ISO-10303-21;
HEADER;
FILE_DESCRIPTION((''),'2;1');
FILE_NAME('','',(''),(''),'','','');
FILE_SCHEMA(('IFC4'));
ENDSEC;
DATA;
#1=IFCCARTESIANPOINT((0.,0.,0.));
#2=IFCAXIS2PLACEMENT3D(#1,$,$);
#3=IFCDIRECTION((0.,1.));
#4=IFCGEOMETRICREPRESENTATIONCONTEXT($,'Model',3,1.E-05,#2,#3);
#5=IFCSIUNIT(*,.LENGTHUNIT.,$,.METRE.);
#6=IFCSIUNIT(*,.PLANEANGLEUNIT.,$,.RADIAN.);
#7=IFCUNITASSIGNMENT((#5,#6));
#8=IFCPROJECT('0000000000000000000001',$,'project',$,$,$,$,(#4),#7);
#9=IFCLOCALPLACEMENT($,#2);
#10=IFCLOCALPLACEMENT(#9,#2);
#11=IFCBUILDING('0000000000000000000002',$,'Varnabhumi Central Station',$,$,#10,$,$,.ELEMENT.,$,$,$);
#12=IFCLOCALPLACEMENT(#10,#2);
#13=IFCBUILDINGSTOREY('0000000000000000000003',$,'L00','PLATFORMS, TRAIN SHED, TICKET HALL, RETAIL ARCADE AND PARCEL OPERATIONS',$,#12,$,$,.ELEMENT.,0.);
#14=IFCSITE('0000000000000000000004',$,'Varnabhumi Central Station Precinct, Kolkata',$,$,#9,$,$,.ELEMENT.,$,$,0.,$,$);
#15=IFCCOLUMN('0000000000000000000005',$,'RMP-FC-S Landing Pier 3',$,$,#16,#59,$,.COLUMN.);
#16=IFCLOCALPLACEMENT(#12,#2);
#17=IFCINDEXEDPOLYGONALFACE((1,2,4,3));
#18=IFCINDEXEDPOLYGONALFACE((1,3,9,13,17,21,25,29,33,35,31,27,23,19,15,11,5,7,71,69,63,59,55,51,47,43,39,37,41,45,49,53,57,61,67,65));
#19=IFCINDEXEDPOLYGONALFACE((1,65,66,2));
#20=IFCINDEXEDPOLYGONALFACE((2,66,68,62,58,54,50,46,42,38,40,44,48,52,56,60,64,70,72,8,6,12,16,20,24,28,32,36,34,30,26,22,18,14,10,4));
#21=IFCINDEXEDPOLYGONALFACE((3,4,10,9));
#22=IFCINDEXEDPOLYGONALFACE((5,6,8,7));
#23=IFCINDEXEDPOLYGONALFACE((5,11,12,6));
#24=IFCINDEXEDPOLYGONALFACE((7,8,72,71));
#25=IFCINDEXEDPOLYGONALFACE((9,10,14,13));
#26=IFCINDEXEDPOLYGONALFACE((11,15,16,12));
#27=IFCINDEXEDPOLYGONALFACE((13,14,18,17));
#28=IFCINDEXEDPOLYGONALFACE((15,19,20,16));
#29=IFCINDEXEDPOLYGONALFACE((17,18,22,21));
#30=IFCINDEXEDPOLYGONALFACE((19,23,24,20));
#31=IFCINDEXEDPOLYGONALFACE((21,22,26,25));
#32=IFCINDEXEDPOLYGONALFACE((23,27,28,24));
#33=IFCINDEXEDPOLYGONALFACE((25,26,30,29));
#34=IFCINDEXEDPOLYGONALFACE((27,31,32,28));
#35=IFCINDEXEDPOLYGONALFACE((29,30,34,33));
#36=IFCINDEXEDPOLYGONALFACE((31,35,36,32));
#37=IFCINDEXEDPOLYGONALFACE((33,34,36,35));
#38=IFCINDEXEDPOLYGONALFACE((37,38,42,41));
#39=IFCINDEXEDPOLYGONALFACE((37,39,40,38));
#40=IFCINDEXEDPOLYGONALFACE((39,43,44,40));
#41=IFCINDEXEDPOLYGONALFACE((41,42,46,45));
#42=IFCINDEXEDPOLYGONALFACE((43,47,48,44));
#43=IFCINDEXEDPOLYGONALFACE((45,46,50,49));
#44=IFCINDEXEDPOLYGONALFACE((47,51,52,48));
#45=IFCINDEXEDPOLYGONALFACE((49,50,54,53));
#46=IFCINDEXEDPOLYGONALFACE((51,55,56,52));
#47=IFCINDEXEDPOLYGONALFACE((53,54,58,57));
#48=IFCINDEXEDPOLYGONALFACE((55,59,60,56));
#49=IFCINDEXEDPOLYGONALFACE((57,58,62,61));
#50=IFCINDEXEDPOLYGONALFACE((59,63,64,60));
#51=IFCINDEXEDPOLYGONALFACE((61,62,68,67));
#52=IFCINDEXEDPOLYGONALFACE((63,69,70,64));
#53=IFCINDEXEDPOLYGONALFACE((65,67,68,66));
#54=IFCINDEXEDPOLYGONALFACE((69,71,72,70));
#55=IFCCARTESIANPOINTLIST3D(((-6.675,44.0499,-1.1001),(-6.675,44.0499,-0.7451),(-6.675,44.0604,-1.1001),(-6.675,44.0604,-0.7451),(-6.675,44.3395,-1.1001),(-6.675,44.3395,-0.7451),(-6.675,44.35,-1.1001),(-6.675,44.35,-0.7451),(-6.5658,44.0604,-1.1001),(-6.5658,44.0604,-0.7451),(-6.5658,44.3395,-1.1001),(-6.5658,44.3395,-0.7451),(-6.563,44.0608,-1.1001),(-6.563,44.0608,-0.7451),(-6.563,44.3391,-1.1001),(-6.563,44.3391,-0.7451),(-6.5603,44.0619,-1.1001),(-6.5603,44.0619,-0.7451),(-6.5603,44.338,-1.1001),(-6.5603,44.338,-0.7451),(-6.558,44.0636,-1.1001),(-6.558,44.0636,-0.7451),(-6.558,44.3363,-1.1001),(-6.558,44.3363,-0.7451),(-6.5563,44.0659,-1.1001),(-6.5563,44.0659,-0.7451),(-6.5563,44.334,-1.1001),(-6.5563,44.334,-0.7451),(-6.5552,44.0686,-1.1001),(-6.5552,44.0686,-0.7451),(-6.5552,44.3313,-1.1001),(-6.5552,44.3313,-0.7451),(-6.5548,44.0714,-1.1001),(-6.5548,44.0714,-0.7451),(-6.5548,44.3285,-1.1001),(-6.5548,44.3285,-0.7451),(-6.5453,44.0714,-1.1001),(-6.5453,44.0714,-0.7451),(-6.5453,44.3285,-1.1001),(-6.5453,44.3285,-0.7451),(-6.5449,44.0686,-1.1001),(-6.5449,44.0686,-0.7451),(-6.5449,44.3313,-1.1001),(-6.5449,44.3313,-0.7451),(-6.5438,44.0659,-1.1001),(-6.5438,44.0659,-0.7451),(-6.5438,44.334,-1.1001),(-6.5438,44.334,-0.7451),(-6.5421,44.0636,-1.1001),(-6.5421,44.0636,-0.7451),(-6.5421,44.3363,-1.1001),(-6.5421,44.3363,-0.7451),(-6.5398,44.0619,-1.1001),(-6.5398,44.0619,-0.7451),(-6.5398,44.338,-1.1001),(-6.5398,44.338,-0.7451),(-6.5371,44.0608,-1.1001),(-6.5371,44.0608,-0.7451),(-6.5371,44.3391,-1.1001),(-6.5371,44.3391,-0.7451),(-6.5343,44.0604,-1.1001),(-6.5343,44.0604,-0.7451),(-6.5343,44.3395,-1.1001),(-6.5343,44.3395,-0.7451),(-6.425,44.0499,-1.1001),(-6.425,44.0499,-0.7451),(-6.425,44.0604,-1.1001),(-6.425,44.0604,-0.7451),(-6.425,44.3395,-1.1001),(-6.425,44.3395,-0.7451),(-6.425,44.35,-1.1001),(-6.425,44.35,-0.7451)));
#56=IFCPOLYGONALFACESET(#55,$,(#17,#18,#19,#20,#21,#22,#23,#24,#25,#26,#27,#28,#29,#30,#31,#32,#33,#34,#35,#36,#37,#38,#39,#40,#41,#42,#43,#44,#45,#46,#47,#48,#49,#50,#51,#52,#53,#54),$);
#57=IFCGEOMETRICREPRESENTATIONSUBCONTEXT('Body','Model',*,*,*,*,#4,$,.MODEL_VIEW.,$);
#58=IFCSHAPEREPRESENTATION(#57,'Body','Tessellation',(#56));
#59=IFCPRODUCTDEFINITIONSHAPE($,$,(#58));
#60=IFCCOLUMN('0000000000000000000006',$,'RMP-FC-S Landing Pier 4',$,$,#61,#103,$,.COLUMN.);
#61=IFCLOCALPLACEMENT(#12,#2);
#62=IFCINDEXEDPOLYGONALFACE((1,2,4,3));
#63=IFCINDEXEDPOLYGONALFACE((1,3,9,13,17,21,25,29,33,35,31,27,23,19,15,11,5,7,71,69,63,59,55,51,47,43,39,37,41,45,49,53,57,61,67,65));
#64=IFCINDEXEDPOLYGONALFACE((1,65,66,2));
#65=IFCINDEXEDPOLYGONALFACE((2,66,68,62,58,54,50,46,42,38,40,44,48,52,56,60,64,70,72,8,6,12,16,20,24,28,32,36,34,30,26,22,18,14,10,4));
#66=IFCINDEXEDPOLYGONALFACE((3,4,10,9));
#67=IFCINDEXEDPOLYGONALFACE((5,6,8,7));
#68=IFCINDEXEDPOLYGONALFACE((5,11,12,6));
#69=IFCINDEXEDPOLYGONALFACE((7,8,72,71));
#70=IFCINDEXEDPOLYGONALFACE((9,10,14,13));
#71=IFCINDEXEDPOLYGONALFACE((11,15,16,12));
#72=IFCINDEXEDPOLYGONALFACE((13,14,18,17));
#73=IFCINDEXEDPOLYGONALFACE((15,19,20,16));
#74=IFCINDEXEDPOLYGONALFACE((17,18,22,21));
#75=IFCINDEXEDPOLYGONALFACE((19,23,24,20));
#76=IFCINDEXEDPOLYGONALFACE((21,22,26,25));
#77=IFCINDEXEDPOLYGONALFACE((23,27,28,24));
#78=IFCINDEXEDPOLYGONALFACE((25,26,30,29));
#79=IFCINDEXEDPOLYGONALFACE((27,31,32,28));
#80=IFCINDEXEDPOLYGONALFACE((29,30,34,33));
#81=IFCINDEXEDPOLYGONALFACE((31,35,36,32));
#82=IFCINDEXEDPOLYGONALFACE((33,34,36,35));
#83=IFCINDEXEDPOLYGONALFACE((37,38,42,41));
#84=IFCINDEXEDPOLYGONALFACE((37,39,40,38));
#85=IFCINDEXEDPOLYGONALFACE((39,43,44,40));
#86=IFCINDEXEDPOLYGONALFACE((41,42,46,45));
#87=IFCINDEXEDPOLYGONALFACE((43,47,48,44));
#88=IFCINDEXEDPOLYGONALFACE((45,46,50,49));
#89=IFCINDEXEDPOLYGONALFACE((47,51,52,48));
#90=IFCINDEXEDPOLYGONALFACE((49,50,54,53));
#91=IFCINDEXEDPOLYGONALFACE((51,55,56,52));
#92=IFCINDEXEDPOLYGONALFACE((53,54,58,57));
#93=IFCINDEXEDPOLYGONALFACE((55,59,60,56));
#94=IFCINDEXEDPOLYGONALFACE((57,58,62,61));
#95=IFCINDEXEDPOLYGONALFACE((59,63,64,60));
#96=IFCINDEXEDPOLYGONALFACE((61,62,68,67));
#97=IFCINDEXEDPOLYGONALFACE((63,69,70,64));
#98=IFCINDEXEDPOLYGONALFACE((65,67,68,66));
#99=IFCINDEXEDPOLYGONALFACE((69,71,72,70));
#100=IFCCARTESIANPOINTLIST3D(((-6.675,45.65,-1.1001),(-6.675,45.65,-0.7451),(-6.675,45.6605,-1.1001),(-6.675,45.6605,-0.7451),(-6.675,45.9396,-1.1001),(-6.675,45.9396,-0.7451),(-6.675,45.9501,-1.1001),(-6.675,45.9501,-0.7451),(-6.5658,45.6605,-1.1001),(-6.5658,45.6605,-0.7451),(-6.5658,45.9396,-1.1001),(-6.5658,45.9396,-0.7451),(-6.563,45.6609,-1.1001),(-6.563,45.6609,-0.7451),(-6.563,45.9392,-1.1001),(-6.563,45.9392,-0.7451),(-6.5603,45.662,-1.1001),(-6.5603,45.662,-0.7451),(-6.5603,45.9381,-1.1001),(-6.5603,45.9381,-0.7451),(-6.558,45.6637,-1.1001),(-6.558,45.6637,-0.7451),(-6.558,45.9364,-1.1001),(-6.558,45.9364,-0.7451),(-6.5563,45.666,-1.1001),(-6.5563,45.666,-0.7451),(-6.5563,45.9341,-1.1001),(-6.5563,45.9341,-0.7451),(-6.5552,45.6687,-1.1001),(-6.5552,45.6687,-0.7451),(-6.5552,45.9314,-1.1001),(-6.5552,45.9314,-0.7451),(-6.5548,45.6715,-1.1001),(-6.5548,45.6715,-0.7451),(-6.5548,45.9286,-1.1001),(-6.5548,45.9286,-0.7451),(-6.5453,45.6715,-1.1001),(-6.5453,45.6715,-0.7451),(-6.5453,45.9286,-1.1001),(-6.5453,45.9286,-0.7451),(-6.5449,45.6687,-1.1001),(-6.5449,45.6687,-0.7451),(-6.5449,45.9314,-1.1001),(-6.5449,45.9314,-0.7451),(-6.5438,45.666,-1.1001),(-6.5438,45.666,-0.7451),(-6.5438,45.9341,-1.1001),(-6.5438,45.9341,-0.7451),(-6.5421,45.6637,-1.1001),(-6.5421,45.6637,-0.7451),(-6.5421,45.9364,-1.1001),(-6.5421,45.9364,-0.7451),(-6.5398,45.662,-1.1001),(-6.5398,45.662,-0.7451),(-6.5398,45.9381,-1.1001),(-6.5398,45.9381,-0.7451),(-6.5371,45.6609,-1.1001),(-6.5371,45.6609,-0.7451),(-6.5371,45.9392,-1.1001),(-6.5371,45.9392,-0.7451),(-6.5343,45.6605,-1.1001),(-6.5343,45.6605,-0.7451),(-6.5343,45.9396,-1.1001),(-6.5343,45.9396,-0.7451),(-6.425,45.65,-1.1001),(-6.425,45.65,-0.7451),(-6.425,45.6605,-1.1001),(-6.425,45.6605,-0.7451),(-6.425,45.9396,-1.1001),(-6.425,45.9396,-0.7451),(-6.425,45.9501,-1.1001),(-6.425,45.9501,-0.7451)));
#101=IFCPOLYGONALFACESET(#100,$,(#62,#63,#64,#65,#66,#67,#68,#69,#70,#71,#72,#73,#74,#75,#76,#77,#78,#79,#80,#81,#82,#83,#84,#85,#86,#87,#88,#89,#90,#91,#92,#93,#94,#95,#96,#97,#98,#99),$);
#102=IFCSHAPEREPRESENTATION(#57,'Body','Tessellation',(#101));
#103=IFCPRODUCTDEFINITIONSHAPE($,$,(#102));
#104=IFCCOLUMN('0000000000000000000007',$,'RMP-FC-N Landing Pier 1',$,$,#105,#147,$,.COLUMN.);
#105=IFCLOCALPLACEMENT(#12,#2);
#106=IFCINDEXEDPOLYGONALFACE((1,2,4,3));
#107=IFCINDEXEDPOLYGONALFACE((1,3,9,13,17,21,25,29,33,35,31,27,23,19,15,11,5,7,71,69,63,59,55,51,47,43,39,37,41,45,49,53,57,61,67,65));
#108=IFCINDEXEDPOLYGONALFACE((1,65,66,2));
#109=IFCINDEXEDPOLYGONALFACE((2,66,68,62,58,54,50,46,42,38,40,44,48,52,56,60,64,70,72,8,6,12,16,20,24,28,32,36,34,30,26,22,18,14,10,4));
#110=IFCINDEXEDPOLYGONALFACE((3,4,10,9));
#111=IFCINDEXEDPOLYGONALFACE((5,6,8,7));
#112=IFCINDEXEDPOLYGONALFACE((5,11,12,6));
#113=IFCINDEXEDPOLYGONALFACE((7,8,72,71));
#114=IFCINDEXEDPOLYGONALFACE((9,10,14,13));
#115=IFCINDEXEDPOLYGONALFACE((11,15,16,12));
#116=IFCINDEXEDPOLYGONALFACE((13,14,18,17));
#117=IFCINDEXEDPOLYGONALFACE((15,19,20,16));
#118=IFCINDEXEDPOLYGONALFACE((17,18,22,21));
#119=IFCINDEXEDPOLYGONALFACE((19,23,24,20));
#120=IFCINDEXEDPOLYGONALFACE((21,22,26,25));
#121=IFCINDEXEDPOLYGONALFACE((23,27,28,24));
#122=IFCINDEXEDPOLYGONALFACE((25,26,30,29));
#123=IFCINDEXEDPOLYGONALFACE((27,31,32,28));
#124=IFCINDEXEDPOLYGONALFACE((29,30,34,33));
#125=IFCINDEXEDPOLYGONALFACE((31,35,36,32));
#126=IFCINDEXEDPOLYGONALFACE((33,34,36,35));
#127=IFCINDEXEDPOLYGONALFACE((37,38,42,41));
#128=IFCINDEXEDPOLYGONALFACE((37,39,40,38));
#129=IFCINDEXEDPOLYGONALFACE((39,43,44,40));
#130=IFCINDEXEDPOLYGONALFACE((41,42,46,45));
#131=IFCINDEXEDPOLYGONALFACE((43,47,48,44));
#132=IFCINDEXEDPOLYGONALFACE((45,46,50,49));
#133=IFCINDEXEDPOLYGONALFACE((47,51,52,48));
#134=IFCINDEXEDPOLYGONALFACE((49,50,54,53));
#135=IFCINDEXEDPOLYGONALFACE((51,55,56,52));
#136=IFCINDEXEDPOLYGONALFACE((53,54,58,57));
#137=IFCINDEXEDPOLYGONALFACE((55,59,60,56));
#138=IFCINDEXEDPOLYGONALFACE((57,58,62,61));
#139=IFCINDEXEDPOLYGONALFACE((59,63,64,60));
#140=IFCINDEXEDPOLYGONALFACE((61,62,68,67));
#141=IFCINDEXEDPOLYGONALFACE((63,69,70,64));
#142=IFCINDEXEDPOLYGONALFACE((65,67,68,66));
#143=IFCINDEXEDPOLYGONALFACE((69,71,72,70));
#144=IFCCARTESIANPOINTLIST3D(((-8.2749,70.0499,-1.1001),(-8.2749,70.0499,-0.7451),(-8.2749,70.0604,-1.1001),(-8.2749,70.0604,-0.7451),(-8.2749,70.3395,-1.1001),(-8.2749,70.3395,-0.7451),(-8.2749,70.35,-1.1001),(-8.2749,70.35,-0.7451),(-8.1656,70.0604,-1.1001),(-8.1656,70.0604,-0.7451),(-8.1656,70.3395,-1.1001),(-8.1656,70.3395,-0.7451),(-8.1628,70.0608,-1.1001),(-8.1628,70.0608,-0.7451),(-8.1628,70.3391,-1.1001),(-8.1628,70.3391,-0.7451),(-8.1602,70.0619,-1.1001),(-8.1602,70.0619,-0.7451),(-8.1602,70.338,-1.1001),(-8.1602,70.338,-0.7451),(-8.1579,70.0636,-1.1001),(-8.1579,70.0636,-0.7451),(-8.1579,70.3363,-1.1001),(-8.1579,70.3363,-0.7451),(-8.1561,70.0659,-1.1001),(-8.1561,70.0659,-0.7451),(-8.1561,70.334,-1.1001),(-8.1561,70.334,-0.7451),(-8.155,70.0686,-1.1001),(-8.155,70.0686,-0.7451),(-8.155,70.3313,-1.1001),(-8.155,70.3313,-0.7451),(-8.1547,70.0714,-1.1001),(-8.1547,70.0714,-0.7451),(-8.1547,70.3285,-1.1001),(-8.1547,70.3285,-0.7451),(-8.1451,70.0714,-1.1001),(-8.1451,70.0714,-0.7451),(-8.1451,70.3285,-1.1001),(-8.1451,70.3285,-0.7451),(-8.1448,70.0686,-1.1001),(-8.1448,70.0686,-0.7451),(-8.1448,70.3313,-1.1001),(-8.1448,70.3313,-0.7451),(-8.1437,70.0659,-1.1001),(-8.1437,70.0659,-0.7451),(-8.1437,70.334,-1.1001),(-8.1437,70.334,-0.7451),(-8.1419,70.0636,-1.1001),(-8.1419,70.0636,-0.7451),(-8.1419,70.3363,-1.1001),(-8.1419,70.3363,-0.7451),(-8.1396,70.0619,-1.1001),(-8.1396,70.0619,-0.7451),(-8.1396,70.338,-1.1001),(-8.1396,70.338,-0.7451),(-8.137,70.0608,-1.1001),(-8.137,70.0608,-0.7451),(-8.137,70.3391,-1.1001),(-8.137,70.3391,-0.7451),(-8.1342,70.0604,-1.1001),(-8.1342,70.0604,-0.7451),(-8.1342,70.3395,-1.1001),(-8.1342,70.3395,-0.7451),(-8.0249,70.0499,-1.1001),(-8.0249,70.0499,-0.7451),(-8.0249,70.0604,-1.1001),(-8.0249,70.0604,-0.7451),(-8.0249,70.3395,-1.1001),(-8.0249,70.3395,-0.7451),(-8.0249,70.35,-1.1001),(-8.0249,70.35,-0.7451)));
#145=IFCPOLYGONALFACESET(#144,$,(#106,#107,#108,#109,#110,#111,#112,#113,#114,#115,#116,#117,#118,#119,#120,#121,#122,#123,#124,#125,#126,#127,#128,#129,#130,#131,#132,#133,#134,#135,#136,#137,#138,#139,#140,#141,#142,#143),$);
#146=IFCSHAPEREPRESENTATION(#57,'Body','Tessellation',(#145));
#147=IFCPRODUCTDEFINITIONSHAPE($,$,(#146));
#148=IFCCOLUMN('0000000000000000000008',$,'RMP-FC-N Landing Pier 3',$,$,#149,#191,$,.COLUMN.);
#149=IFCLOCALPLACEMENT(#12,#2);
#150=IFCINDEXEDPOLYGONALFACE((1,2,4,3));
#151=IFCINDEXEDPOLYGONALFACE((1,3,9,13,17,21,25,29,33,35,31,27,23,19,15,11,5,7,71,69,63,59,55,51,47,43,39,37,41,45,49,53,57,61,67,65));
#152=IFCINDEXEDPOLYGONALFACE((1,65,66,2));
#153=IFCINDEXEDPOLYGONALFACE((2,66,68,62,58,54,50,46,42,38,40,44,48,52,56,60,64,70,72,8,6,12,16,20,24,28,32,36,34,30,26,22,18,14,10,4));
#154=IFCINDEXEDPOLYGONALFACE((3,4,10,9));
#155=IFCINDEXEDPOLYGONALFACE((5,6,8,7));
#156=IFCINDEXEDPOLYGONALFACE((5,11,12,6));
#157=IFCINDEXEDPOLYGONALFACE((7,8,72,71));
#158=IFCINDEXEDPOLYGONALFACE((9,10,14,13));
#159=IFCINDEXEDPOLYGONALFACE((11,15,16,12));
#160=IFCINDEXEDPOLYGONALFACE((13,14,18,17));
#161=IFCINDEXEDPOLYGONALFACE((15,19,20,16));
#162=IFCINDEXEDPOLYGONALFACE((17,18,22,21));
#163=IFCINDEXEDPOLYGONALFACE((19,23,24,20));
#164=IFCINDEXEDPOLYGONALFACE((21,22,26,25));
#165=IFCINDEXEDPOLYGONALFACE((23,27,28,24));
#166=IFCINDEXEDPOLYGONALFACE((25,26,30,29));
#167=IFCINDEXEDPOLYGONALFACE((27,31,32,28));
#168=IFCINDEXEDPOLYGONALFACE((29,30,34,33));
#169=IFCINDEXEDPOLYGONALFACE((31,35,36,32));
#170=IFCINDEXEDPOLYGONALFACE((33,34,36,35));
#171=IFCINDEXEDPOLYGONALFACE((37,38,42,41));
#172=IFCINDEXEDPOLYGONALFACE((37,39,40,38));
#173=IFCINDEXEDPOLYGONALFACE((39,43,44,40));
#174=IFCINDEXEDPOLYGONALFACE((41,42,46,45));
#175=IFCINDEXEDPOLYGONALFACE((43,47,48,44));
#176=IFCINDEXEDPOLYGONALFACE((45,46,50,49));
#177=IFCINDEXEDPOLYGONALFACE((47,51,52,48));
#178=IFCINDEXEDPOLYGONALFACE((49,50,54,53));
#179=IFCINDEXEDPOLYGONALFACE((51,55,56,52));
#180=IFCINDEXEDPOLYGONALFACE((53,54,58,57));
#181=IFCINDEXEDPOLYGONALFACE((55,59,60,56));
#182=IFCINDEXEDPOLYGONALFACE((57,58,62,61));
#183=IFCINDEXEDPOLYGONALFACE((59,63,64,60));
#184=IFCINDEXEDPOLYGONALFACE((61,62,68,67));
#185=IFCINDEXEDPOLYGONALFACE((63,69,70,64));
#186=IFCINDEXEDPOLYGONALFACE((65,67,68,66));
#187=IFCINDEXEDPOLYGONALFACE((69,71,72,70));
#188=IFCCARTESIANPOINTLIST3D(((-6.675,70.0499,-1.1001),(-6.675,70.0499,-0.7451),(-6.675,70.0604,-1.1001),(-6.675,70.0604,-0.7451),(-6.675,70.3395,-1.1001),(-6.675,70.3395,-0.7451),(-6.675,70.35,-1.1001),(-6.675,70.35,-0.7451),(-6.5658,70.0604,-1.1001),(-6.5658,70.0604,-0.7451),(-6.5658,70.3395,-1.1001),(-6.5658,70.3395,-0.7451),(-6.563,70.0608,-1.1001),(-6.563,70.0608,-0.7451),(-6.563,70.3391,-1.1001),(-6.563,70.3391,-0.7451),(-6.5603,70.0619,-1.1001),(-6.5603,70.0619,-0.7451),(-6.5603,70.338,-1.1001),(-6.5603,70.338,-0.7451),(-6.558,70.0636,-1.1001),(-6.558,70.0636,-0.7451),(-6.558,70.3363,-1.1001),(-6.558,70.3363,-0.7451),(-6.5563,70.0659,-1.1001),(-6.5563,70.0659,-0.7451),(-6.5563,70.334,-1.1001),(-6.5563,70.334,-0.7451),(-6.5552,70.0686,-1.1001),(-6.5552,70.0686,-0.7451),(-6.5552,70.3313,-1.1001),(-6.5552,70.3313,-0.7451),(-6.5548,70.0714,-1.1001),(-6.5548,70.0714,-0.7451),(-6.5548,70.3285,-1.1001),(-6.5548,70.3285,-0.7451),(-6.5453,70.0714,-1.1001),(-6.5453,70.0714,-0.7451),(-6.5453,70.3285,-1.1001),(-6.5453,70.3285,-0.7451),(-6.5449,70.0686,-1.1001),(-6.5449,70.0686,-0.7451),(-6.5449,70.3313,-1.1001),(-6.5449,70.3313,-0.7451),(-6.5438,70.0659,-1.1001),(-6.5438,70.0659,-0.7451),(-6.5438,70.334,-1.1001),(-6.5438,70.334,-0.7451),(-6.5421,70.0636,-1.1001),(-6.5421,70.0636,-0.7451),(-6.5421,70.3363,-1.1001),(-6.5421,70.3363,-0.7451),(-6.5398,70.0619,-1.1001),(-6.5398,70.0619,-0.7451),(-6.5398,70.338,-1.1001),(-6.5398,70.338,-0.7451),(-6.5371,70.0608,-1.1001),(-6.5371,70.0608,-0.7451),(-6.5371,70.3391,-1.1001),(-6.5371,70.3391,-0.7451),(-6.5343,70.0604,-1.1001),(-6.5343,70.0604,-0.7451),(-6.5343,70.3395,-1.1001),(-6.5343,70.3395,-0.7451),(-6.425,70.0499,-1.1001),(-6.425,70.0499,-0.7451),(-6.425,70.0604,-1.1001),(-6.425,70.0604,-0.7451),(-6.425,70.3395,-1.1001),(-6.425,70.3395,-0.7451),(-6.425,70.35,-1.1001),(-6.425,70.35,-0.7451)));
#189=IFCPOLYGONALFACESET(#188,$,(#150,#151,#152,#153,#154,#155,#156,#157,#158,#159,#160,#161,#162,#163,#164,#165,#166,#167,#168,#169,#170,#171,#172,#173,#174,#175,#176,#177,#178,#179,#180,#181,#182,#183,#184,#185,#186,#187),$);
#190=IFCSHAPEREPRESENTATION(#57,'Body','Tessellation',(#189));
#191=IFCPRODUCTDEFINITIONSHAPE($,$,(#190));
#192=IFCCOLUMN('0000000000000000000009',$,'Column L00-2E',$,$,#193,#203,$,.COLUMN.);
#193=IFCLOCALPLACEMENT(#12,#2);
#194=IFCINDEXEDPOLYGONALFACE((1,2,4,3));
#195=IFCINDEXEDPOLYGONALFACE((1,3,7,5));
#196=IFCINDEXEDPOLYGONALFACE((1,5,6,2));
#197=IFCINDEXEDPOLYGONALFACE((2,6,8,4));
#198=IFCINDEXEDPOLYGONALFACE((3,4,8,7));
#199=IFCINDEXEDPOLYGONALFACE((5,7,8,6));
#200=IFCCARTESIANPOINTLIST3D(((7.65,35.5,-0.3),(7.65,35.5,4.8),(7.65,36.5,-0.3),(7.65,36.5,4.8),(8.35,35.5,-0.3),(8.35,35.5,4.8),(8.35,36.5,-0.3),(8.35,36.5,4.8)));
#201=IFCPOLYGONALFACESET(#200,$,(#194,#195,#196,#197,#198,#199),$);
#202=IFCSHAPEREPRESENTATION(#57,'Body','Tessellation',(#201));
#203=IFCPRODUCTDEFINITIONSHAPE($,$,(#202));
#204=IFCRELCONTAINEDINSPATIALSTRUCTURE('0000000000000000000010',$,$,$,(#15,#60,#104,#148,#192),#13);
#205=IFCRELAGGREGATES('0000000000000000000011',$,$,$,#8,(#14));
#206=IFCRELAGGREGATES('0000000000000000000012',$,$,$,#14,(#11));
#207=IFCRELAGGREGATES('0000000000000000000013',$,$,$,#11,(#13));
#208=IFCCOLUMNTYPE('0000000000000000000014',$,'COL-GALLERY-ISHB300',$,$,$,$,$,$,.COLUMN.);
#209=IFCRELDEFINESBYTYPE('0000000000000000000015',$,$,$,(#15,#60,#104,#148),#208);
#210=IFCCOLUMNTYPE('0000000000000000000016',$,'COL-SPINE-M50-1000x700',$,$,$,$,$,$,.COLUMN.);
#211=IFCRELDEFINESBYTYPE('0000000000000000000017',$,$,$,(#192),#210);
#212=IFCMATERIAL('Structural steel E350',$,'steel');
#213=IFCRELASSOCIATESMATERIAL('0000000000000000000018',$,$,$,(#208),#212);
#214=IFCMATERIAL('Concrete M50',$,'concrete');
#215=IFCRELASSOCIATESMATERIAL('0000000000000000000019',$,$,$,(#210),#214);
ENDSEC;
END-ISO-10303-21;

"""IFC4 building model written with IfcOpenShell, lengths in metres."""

from ifc_helpers import new_model, si_unit, direction, frame, origin, origin_2d, place, context, subcontext, project, spatial, rectangle, i_section, extrude, material, material_profile, profile_set, type_object, element, save


model = new_model("IFC4")

# Units and contexts
model_context = context("Model", 3, precision=1e-05, world=origin(), true_north=direction((0.0, 1.0)))
body_context = subcontext(model_context, "Body", "Model", "MODEL_VIEW")
ifc_project = project(units=[si_unit("LENGTHUNIT", "METRE"), si_unit("PLANEANGLEUNIT", "RADIAN")], contexts=[model_context])

# Site, building, storey
site_placement = place(None, origin())
site = spatial("IfcSite", under=ifc_project, at=site_placement, Name="Varnabhumi Central Station Precinct, Kolkata", CompositionType="ELEMENT", RefElevation=0.0)
building_placement = place(site_placement, origin())
building = spatial("IfcBuilding", under=site, at=building_placement, Name="Varnabhumi Central Station", CompositionType="ELEMENT")
storey_placement = place(building_placement, origin())
storey = spatial("IfcBuildingStorey", under=building, at=storey_placement, Name="L00", Description="PLATFORMS, TRAIN SHED, TICKET HALL, RETAIL ARCADE AND PARCEL OPERATIONS", CompositionType="ELEMENT", Elevation=0.0)

# Columns
ifc_material_1 = material(Name="Structural steel E350", Category="steel")
ifc_material_profile_1 = material_profile(ifc_material_1, i_section(OverallWidth=0.25, OverallDepth=0.3, WebThickness=0.0095, FlangeThickness=0.0105, FilletRadius=0.011, at=origin_2d()), Name="Structural steel E350", Category="steel")
ifc_profile_set_1 = profile_set([ifc_material_profile_1], Name="Structural steel E350")
column_type_1 = type_object("IfcColumnType", Name="COL-GALLERY-ISHB300", PredefinedType="COLUMN", material=ifc_profile_set_1)
for number, where, z_axis, x_axis, name in (
    (1, (-6.55, 44.2, -1.1001), (0.0, 0.0, 1.0), (1.0, 0.0, 0.0), "RMP-FC-S Landing Pier 3"),
    (2, (-6.55, 45.8, -1.1001), (0.0, 0.0, 1.0), (1.0, 0.0, 0.0), "RMP-FC-S Landing Pier 4"),
    (3, (-8.1499, 70.2, -1.1001), (0.0, 0.0, 1.0), (1.0, 0.0, 0.0), "RMP-FC-N Landing Pier 1"),
    (4, (-6.55, 70.2, -1.1001), (0.0, 0.0, 1.0), (1.0, 0.0, 0.0), "RMP-FC-N Landing Pier 3"),
):
    element("IfcColumn", number, at=place(storey_placement, frame(where, z_axis=z_axis, x_axis=x_axis)), inside=storey, type_object=column_type_1, Name=name, PredefinedType="COLUMN", context=body_context, shape_type="SweptSolid", body=[
        extrude(i_section(OverallWidth=0.25, OverallDepth=0.3, WebThickness=0.0095, FlangeThickness=0.0105, FilletRadius=0.011, at=origin_2d()), origin(), (0.0, 0.0, 1.0), 0.355),
    ])
ifc_material_2 = material(Name="Concrete M50", Category="concrete")
ifc_material_profile_2 = material_profile(ifc_material_2, rectangle(XDim=0.7, YDim=1.0, at=origin_2d()), Name="Concrete M50", Category="concrete")
ifc_profile_set_2 = profile_set([ifc_material_profile_2], Name="Concrete M50")
column_type_2 = type_object("IfcColumnType", Name="COL-SPINE-M50-1000x700", PredefinedType="COLUMN", material=ifc_profile_set_2)
column_placement = place(storey_placement, frame((8.0, 36.0, -0.3), z_axis=(0.0, 0.0, 1.0), x_axis=(1.0, 0.0, 0.0)))
element("IfcColumn", 5, at=column_placement, inside=storey, type_object=column_type_2, Name="Column L00-2E", PredefinedType="COLUMN", context=body_context, shape_type="SweptSolid", body=[
    extrude(rectangle(XDim=0.7, YDim=1.0, at=origin_2d()), origin(), (0.0, 0.0, 1.0), 5.1001),
])

save(model, "model.ifc")
